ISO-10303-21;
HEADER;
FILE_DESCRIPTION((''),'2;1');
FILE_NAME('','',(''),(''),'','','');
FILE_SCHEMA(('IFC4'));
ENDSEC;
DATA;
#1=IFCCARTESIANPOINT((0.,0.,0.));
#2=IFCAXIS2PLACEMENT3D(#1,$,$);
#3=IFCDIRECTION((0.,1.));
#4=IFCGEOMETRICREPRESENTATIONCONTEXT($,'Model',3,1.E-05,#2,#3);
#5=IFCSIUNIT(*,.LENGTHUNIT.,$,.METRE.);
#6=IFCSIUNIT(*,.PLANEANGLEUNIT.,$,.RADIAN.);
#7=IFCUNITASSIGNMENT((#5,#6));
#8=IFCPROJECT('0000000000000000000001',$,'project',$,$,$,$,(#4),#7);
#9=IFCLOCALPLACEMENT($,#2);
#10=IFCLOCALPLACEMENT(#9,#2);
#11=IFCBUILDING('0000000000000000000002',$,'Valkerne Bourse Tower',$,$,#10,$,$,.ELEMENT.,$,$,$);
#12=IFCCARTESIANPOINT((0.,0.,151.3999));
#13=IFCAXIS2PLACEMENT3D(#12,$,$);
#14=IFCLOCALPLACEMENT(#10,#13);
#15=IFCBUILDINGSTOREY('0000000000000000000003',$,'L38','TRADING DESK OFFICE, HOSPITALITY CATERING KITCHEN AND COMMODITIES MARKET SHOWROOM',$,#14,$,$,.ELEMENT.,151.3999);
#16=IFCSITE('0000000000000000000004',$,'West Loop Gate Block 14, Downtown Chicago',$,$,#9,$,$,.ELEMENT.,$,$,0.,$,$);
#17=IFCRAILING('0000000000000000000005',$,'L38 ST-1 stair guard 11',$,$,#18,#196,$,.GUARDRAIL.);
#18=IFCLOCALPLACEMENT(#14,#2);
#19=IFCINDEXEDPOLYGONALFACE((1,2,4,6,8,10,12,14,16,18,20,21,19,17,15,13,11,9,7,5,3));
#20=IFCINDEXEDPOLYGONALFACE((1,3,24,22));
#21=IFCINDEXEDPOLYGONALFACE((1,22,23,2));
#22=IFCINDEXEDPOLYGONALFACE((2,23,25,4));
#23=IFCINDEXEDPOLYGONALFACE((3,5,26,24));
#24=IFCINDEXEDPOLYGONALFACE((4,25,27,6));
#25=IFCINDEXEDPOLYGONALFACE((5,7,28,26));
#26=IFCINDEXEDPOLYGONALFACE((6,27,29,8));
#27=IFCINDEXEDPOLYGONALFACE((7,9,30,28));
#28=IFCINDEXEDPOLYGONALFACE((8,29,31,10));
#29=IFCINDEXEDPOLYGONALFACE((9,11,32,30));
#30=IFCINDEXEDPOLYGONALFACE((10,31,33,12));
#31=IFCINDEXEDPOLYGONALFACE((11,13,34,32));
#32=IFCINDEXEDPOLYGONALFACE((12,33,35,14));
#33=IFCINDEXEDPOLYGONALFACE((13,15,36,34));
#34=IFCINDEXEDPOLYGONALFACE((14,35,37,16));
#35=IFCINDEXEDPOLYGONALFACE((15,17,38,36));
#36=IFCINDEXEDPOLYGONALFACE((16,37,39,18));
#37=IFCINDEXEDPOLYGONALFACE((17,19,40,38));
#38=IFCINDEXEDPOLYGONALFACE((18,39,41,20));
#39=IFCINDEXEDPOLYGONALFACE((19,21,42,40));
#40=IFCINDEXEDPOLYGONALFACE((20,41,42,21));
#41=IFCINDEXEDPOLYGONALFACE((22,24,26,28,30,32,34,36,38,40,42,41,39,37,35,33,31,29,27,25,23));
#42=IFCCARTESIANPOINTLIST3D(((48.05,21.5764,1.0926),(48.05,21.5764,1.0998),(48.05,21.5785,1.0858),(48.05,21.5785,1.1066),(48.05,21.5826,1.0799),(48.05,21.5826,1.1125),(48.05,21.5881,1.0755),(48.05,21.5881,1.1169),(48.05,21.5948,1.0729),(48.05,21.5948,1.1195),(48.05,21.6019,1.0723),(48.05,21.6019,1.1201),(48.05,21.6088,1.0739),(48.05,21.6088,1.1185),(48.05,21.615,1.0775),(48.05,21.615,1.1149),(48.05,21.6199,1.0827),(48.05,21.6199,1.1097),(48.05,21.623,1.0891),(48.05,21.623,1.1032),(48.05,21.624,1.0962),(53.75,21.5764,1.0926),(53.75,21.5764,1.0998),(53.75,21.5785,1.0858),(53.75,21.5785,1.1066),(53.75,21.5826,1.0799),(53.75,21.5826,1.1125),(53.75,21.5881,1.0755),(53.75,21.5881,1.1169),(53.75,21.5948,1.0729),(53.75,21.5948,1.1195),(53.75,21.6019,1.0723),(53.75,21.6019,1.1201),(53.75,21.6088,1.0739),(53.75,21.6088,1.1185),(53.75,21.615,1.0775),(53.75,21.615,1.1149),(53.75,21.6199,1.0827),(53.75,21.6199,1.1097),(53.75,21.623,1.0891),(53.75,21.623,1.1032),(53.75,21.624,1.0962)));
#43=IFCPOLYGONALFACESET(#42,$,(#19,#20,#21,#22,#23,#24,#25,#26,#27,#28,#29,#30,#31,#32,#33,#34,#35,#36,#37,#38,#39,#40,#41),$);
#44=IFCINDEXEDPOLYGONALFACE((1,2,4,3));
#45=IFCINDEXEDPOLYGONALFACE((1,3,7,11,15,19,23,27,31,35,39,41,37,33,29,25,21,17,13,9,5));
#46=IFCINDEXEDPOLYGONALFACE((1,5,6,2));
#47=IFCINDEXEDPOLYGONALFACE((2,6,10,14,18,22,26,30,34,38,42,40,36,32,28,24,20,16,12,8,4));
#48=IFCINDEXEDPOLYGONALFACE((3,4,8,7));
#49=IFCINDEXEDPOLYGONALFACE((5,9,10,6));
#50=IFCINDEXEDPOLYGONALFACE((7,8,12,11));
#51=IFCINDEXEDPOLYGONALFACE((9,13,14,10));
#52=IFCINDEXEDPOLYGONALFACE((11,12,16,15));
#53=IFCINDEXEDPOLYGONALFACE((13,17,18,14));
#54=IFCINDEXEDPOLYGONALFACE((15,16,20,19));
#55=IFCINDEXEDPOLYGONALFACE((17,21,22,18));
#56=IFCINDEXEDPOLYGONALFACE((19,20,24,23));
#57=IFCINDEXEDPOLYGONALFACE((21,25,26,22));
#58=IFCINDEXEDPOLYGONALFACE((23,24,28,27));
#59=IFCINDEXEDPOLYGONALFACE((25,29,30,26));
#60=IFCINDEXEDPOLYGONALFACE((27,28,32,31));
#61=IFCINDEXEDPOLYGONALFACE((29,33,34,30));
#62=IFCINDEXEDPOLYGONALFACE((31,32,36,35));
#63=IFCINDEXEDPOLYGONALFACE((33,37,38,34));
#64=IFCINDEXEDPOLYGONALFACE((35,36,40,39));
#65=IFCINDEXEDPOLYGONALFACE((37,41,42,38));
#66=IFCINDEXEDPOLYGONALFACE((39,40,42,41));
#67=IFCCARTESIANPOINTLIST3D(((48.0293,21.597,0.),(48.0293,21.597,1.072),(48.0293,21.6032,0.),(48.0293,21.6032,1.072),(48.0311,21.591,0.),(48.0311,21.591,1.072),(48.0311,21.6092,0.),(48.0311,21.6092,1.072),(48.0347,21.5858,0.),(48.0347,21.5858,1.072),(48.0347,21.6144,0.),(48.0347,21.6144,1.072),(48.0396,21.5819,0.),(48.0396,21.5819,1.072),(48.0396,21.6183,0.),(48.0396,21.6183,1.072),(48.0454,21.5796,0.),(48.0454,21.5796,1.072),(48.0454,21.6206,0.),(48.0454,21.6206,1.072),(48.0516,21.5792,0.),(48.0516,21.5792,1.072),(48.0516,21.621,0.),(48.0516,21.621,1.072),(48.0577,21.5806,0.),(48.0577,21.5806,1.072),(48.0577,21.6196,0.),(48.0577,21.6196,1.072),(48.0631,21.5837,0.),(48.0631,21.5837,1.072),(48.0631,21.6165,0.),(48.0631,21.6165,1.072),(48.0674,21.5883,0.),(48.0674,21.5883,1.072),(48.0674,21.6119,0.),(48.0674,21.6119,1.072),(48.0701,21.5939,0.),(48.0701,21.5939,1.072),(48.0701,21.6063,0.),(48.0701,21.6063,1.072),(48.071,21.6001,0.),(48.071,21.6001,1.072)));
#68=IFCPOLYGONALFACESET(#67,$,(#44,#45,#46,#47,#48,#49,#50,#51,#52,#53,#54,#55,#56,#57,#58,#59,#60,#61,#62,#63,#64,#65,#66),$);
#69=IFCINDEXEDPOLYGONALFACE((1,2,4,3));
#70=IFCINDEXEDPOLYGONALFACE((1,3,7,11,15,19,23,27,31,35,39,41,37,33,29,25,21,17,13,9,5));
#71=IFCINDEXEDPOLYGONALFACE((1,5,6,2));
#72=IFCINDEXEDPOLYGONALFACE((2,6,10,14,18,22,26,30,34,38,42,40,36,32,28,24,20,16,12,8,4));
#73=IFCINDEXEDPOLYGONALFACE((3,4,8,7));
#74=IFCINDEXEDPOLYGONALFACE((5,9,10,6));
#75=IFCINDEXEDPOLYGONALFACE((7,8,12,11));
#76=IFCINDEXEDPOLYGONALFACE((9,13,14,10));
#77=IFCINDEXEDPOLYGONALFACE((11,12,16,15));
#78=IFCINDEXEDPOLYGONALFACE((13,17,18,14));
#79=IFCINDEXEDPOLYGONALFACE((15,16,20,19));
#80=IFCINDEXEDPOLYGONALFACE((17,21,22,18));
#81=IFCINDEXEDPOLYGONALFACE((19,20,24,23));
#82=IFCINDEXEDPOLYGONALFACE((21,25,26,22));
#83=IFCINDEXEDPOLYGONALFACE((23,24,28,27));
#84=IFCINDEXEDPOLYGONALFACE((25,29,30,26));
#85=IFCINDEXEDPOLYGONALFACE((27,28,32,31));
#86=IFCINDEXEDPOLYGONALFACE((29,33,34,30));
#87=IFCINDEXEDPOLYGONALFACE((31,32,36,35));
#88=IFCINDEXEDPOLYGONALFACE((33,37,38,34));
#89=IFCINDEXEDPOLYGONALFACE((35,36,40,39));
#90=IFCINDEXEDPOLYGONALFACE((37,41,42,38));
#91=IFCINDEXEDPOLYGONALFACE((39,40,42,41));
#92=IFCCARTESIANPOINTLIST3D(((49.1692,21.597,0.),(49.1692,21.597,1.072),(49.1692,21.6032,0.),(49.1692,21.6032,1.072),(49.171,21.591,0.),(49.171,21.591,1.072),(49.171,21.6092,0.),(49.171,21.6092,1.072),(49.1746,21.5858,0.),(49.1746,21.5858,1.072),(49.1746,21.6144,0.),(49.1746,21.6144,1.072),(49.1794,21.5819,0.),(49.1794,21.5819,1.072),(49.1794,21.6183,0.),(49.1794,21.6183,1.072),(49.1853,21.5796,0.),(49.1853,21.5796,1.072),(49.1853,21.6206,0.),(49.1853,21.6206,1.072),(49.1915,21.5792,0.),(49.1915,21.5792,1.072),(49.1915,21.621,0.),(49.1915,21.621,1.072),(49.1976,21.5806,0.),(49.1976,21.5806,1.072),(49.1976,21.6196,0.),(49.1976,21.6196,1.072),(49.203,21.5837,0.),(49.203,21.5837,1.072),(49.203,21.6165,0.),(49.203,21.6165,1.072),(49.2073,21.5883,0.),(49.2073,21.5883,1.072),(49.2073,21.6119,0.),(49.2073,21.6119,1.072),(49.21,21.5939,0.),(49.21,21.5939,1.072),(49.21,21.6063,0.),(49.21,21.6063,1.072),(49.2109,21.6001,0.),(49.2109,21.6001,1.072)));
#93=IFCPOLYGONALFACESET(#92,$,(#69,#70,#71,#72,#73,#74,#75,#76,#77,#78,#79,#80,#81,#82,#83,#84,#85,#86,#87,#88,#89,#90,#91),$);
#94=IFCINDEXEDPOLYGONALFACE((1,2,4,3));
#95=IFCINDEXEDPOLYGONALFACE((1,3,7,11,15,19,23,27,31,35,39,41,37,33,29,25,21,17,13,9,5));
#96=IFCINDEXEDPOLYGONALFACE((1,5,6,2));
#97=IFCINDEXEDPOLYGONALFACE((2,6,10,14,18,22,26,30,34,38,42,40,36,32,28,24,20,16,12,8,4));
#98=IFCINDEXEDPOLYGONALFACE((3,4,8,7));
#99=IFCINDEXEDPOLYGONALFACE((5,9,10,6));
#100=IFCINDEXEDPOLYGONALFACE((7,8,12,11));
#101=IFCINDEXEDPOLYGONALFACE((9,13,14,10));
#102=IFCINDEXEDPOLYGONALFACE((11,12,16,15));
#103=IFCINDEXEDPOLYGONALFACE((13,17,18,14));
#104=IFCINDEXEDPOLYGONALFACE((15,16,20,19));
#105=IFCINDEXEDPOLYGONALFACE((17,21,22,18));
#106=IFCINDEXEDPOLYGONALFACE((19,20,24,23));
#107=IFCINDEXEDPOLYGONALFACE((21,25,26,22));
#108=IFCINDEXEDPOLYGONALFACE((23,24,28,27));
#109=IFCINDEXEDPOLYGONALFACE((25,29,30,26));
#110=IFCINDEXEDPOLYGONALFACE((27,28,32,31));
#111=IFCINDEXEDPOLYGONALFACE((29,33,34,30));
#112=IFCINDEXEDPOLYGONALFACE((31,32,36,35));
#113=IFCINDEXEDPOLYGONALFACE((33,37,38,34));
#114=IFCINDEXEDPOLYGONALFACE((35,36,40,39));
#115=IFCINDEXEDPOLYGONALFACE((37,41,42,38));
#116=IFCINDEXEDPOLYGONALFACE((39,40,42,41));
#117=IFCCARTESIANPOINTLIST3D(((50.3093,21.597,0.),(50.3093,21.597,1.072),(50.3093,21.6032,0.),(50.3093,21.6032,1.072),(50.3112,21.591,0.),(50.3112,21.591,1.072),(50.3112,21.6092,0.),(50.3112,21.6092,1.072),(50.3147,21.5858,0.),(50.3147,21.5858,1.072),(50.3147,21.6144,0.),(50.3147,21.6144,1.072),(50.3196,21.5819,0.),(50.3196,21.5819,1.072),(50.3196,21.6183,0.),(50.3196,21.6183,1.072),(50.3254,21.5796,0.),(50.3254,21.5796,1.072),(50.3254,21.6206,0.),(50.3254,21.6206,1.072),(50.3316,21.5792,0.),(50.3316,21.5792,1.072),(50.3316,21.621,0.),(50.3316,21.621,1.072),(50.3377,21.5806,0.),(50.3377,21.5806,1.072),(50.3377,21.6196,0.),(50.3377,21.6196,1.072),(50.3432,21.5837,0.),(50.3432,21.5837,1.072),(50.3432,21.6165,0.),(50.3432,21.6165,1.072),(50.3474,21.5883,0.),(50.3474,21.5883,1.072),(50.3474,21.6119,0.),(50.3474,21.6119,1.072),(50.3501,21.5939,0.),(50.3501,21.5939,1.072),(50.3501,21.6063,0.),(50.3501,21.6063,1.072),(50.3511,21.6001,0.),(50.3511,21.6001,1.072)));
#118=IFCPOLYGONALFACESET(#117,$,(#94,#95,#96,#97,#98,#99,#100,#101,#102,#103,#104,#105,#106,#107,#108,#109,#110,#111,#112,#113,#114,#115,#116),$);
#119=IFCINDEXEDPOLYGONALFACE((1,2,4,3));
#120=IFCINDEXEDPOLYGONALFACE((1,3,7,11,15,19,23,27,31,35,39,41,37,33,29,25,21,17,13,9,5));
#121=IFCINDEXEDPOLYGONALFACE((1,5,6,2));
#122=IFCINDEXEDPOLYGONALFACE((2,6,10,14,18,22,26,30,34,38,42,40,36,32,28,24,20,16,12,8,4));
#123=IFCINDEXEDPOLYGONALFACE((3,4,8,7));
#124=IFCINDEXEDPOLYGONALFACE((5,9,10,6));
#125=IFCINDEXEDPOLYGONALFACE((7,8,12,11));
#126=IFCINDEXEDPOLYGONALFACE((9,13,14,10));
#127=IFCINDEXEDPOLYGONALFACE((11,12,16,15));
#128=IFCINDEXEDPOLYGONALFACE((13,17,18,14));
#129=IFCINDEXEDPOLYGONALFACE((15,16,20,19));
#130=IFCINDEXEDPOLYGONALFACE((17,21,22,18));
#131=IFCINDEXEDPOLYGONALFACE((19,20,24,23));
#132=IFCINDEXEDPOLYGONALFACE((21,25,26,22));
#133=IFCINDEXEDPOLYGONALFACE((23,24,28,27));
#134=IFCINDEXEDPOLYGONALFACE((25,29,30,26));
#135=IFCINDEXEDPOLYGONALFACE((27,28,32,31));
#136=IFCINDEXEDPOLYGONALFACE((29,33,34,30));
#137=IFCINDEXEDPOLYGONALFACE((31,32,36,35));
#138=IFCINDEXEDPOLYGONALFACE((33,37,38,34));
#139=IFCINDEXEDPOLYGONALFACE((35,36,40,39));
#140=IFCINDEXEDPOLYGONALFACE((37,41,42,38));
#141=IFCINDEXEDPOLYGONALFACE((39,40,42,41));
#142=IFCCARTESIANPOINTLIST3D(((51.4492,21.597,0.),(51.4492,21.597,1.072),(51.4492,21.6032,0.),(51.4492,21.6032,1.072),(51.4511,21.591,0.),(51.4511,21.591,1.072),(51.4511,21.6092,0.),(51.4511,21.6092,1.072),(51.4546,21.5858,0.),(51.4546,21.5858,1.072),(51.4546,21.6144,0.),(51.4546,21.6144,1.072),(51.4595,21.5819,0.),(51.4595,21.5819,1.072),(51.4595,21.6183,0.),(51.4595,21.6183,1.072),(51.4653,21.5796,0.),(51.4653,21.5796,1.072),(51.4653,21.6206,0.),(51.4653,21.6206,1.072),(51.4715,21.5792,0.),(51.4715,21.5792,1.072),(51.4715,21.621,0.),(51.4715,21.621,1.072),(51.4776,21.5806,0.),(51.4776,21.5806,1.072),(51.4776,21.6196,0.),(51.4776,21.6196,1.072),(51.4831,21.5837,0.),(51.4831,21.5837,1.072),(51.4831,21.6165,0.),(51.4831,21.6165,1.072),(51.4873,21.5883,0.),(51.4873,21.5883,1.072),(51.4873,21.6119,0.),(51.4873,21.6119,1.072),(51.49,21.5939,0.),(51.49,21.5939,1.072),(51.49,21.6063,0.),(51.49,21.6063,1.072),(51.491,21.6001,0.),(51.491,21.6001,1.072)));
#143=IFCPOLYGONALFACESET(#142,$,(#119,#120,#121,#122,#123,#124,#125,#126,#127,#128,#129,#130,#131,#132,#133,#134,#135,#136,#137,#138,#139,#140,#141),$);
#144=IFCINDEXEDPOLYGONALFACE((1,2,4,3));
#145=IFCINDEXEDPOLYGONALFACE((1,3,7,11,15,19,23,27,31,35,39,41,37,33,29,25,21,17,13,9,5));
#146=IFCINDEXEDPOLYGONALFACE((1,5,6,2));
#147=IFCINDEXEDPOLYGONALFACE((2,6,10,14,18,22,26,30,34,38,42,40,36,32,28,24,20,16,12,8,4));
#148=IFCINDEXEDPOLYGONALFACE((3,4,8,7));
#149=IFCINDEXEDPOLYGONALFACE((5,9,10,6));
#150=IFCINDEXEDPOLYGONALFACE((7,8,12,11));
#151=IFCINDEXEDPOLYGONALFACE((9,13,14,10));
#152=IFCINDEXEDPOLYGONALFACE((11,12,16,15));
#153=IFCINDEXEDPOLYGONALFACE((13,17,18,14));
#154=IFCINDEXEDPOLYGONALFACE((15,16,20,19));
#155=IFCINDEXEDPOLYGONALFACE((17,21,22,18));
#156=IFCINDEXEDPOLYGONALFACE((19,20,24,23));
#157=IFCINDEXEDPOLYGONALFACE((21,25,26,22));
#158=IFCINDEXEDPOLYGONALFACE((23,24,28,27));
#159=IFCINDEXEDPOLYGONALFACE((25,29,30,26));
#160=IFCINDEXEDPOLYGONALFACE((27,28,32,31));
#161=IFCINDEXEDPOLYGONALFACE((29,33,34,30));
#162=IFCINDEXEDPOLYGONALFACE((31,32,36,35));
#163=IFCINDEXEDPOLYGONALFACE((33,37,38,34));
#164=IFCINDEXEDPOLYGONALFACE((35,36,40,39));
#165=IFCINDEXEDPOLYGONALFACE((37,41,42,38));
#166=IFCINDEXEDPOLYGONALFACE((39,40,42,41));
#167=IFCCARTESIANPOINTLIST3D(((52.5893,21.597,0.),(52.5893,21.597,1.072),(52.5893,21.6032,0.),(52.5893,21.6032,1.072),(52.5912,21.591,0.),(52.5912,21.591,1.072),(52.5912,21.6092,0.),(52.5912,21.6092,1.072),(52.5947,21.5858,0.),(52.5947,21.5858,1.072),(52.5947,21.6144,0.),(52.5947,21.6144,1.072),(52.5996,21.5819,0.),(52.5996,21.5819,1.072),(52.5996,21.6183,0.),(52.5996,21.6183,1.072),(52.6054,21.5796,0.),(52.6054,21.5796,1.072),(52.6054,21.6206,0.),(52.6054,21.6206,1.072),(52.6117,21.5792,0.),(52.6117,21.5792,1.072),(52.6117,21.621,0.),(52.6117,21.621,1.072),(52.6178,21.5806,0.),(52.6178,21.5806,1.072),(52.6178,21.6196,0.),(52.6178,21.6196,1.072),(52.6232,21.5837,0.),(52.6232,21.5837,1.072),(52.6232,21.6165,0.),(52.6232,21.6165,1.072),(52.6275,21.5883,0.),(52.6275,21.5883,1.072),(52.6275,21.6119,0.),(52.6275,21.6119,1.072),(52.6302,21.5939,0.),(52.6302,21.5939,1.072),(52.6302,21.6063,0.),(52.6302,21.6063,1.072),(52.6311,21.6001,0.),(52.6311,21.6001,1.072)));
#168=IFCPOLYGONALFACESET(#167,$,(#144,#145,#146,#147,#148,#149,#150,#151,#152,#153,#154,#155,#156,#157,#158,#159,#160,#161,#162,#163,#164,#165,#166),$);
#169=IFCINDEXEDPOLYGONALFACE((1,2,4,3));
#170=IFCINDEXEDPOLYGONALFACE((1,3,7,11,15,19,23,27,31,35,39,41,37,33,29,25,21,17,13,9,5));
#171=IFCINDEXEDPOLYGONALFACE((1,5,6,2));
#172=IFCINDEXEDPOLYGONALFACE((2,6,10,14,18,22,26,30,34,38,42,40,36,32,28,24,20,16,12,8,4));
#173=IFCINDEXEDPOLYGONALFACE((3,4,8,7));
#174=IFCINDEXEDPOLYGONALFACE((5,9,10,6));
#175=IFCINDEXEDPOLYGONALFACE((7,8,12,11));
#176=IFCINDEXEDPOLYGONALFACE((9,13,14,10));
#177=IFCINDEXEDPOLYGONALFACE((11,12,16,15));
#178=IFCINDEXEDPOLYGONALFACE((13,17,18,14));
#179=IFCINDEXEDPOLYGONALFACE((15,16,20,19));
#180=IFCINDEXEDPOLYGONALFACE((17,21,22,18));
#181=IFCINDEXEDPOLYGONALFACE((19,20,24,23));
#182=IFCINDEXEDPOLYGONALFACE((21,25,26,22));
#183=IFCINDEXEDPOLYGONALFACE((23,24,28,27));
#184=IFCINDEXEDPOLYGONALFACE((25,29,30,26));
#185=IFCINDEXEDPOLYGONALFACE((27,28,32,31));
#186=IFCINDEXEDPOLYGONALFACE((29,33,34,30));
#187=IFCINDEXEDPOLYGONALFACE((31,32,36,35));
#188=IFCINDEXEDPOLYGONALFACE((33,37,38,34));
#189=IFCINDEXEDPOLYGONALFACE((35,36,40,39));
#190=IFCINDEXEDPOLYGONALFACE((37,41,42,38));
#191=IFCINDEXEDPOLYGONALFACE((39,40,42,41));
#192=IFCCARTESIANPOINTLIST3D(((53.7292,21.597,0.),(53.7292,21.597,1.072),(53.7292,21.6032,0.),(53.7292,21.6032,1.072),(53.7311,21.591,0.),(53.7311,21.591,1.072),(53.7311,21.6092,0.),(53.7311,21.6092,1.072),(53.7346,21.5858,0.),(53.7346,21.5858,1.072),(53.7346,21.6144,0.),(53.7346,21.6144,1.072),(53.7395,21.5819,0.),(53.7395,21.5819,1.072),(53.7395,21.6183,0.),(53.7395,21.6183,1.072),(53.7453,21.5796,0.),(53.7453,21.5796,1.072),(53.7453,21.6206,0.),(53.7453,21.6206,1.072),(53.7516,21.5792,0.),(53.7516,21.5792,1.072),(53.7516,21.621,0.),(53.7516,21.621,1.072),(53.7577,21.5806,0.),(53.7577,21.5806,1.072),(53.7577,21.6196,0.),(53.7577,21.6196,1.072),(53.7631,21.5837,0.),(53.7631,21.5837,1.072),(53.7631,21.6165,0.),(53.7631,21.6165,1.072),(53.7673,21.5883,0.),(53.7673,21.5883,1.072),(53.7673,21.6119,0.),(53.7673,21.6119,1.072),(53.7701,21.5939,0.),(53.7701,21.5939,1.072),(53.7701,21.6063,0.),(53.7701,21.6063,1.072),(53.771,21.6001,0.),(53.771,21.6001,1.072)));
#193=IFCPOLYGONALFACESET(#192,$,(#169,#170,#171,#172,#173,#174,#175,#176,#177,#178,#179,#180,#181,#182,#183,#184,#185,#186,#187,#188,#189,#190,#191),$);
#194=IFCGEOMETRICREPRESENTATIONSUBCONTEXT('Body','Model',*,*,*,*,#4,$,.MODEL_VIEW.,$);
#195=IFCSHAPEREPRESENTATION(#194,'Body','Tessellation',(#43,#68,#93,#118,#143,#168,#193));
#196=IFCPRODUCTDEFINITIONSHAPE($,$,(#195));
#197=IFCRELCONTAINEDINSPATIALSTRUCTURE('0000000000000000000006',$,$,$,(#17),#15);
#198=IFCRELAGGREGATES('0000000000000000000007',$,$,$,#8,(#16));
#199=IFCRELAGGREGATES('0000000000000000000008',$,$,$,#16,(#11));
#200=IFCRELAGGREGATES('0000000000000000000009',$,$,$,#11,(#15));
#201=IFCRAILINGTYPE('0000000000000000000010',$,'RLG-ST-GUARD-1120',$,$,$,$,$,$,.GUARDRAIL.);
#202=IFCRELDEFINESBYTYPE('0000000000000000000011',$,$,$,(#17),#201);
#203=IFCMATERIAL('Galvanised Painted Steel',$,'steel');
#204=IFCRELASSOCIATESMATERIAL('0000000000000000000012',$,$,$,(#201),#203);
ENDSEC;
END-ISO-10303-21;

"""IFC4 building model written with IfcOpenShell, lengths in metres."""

from ifc_helpers import new_model, si_unit, direction, frame, origin, origin_2d, place, context, subcontext, project, spatial, circle, extrude, material, type_object, element, save


model = new_model("IFC4")

# Units and contexts
model_context = context("Model", 3, precision=1e-05, world=origin(), true_north=direction((0.0, 1.0)))
body_context = subcontext(model_context, "Body", "Model", "MODEL_VIEW")
ifc_project = project(units=[si_unit("LENGTHUNIT", "METRE"), si_unit("PLANEANGLEUNIT", "RADIAN")], contexts=[model_context])

# Site, building, storey
site_placement = place(None, origin())
site = spatial("IfcSite", under=ifc_project, at=site_placement, Name="West Loop Gate Block 14, Downtown Chicago", CompositionType="ELEMENT", RefElevation=0.0)
building_placement = place(site_placement, origin())
building = spatial("IfcBuilding", under=site, at=building_placement, Name="Valkerne Bourse Tower", CompositionType="ELEMENT")
storey_placement = place(building_placement, frame((0.0, 0.0, 151.3999)))
storey = spatial("IfcBuildingStorey", under=building, at=storey_placement, Name="L38", Description="TRADING DESK OFFICE, HOSPITALITY CATERING KITCHEN AND COMMODITIES MARKET SHOWROOM", CompositionType="ELEMENT", Elevation=151.3999)

# Shared definitions
ifc_material_1 = material(Name="Galvanised Painted Steel", Category="steel")

# Railing
railing_type_1 = type_object("IfcRailingType", Name="RLG-ST-GUARD-1120", PredefinedType="GUARDRAIL", material=ifc_material_1)
for number, where, name in (
    (1, (48.05, 21.6001, 0.0), "L38 ST-1 stair guard 11"),
):
    element("IfcRailing", number, at=place(storey_placement, frame(where)), inside=storey, type_object=railing_type_1, Name=name, PredefinedType="GUARDRAIL", context=body_context, shape_type="SweptSolid", body=[
        extrude(circle(Radius=0.0239, at=origin_2d()), frame((0.0, 0.0, 1.0962), z_axis=(1.0, 0.0, 0.0), x_axis=(0.0, 1.0, 0.0)), (0.0, 0.0, 1.0), 5.7),
        extrude(circle(Radius=0.021, at=origin_2d()), origin(), (0.0, 0.0, 1.0), 1.072),
        extrude(circle(Radius=0.021, at=origin_2d()), frame((1.1399, 0.0, 0.0)), (0.0, 0.0, 1.0), 1.072),
        extrude(circle(Radius=0.021, at=origin_2d()), frame((2.28, 0.0, 0.0)), (0.0, 0.0, 1.0), 1.072),
        extrude(circle(Radius=0.021, at=origin_2d()), frame((3.4199, 0.0, 0.0)), (0.0, 0.0, 1.0), 1.072),
        extrude(circle(Radius=0.021, at=origin_2d()), frame((4.5601, 0.0, 0.0)), (0.0, 0.0, 1.0), 1.072),
        extrude(circle(Radius=0.021, at=origin_2d()), frame((5.7, 0.0, 0.0)), (0.0, 0.0, 1.0), 1.072),
    ])

save(model, "model.ifc")
